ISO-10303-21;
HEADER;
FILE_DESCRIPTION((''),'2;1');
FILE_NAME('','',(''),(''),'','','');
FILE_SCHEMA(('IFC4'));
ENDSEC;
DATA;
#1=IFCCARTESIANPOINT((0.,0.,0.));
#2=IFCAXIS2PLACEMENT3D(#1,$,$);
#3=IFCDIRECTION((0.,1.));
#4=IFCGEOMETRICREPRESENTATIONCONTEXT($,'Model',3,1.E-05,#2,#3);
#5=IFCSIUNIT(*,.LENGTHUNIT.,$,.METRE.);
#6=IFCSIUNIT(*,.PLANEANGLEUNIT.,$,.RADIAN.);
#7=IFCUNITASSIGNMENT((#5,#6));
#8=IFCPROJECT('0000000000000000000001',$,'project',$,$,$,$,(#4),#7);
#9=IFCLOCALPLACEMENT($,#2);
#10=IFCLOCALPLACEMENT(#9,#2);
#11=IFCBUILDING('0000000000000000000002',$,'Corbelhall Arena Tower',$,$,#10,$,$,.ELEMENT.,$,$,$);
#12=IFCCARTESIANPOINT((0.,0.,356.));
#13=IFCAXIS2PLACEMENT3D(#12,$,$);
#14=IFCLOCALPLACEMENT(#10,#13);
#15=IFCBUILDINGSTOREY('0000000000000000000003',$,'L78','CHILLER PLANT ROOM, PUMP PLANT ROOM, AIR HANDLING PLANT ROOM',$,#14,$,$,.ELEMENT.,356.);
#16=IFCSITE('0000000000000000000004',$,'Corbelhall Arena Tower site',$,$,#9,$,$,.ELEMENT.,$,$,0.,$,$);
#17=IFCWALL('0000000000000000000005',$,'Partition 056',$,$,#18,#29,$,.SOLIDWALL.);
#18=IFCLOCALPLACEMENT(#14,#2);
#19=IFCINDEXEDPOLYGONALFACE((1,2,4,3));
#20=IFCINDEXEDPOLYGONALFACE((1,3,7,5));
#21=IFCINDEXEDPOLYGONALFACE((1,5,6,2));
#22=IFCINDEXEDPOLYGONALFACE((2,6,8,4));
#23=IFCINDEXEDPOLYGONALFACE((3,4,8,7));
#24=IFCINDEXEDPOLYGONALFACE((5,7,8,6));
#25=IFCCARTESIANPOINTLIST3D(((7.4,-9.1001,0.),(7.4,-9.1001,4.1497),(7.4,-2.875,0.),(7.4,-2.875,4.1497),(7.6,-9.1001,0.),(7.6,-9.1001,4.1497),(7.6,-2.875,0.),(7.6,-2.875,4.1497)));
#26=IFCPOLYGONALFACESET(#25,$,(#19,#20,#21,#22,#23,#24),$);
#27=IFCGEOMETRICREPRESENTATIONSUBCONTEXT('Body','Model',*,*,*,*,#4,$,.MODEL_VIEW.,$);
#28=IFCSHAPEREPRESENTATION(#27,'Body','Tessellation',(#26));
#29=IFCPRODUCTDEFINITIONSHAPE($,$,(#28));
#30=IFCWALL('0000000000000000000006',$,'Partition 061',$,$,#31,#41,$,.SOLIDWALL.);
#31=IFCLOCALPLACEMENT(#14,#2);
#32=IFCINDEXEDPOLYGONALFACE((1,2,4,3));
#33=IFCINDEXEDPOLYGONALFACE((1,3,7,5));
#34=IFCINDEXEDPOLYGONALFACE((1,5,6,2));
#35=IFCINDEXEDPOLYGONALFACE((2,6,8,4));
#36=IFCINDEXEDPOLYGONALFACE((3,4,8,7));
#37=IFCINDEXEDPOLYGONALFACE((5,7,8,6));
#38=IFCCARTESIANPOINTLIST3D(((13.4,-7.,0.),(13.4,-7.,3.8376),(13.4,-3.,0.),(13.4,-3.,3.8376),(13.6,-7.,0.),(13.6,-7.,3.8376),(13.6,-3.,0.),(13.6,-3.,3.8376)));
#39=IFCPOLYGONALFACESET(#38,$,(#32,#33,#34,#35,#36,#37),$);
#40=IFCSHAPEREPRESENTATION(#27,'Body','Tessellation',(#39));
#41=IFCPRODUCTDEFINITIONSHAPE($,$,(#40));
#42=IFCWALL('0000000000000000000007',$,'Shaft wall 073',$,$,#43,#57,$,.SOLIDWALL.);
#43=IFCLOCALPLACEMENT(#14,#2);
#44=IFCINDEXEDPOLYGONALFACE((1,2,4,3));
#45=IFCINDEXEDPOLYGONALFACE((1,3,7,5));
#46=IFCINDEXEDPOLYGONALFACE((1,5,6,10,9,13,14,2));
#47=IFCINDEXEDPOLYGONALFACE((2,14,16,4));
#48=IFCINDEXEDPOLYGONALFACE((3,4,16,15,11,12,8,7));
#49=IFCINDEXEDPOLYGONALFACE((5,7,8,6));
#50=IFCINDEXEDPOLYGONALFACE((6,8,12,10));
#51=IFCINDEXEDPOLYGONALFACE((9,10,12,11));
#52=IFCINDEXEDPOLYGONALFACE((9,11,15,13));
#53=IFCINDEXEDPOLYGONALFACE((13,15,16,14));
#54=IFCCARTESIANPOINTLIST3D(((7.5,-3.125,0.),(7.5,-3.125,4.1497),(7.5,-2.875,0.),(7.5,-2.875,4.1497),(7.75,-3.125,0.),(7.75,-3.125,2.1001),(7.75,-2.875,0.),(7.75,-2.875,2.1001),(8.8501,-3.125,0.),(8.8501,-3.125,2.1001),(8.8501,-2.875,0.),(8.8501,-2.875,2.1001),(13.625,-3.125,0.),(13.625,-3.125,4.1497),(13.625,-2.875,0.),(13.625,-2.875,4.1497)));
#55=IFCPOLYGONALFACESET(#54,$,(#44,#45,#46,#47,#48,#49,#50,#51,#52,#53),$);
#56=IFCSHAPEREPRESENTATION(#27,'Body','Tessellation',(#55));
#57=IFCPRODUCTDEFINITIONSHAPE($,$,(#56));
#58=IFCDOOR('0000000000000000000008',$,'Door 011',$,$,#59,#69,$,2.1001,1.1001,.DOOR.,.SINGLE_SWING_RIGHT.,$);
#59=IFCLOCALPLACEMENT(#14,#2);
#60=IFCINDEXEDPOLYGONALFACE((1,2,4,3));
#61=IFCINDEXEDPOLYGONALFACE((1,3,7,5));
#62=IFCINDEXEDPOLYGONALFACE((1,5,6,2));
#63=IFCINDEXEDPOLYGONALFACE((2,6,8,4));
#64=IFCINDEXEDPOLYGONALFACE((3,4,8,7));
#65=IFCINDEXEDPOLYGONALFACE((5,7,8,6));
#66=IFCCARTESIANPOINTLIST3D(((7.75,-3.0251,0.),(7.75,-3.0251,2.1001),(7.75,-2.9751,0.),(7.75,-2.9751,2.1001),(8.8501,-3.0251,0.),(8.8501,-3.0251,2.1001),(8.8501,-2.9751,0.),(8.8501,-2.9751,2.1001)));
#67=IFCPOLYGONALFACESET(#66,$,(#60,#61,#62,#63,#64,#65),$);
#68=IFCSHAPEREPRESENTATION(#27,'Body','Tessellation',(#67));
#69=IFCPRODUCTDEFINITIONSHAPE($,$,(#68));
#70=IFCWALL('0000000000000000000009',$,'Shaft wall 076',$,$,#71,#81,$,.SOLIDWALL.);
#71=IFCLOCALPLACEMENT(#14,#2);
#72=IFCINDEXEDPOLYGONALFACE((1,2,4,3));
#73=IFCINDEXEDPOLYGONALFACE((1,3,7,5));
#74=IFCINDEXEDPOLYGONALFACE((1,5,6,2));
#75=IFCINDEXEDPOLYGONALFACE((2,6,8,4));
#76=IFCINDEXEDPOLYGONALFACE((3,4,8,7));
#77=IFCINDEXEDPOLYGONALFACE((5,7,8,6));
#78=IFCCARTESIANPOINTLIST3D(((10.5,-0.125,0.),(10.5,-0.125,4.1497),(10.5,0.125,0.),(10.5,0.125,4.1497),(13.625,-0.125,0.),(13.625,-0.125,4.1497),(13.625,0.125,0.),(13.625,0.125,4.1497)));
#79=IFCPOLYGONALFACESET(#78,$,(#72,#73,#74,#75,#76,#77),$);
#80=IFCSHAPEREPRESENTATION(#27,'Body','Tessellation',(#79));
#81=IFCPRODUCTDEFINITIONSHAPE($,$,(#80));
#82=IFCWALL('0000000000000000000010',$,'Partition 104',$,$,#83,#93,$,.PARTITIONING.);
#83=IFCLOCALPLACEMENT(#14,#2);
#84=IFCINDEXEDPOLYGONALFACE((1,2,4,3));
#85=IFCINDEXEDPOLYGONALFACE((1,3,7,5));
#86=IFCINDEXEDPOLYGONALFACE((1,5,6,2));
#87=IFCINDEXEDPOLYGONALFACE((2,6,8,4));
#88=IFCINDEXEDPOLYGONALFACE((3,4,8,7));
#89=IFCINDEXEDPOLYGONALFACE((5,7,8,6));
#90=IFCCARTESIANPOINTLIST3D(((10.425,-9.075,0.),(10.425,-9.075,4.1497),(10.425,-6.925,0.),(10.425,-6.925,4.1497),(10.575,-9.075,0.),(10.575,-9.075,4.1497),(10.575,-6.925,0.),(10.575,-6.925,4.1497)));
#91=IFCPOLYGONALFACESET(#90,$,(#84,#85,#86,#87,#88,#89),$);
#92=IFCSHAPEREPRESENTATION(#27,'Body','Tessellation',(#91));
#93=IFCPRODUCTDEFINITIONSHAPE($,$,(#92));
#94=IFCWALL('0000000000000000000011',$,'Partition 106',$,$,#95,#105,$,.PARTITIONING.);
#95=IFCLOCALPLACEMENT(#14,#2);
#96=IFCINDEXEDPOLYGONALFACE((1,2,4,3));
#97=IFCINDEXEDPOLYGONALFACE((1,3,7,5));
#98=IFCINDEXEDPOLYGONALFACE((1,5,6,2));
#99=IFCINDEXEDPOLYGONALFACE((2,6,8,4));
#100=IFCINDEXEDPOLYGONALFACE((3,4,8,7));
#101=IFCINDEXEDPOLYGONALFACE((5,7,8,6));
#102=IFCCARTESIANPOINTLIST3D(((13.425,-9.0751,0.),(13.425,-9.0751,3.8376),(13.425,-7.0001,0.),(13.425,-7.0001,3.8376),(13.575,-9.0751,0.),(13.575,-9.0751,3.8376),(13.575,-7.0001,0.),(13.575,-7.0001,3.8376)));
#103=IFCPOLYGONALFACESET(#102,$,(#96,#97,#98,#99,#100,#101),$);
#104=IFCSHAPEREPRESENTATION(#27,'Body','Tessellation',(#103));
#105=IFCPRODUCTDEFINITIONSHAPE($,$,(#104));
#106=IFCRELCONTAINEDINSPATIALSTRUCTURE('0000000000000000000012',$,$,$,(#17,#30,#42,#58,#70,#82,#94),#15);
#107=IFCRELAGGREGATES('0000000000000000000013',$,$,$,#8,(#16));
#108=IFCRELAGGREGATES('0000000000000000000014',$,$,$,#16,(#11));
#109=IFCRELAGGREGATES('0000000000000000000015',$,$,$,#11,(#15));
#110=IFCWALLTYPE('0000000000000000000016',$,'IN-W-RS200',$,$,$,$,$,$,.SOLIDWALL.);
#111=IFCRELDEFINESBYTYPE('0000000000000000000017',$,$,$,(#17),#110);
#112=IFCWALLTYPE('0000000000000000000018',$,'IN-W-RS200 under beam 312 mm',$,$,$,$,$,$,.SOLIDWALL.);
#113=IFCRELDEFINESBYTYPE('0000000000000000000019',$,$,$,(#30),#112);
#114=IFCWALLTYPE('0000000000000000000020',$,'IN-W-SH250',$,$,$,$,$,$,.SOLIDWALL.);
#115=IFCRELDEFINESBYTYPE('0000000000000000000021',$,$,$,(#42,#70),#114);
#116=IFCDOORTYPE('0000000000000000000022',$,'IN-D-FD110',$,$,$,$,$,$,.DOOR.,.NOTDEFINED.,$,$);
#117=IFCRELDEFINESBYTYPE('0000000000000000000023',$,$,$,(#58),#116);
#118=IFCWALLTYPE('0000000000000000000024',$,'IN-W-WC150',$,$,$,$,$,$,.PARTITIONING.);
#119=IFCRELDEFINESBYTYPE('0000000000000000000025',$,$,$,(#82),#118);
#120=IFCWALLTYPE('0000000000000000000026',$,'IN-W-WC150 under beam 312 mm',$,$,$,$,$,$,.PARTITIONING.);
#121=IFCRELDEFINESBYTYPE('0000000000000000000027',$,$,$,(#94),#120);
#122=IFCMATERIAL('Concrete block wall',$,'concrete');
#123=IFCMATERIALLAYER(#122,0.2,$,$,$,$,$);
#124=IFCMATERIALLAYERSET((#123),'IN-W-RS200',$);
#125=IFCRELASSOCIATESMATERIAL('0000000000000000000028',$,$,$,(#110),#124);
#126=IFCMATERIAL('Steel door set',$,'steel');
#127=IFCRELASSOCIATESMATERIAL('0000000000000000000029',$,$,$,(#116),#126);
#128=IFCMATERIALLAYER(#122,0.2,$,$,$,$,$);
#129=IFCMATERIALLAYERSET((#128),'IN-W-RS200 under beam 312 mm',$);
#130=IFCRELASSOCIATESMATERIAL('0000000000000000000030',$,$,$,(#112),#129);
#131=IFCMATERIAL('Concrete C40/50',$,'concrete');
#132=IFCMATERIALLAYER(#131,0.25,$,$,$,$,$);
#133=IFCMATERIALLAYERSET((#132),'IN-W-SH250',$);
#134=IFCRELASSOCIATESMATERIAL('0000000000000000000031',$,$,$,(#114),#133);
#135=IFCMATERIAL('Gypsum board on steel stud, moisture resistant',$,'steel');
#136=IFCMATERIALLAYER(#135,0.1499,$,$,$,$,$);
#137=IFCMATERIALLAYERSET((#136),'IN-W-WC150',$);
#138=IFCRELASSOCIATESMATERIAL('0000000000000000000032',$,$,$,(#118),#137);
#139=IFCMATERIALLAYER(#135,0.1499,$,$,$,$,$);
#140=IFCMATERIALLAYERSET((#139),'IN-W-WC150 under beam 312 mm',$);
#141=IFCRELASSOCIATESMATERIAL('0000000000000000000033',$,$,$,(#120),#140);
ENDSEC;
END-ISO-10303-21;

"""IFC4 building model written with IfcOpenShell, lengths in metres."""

from ifc_helpers import new_model, si_unit, direction, frame, frame_2d, origin, place, context, subcontext, project, spatial, rectangle, extrude, material, layer, layer_set, type_object, element, fill, save


model = new_model("IFC4")

# Units and contexts
model_context = context("Model", 3, precision=1e-05, world=origin(), true_north=direction((0.0, 1.0)))
body_context = subcontext(model_context, "Body", "Model", "MODEL_VIEW")
ifc_project = project(units=[si_unit("LENGTHUNIT", "METRE"), si_unit("PLANEANGLEUNIT", "RADIAN")], contexts=[model_context])

# Site, building, storey
site_placement = place(None, origin())
site = spatial("IfcSite", under=ifc_project, at=site_placement, Name="Corbelhall Arena Tower site", CompositionType="ELEMENT", RefElevation=0.0)
building_placement = place(site_placement, origin())
building = spatial("IfcBuilding", under=site, at=building_placement, Name="Corbelhall Arena Tower", CompositionType="ELEMENT")
storey_placement = place(building_placement, frame((0.0, 0.0, 356.0)))
storey = spatial("IfcBuildingStorey", under=building, at=storey_placement, Name="L78", Description="CHILLER PLANT ROOM, PUMP PLANT ROOM, AIR HANDLING PLANT ROOM", CompositionType="ELEMENT", Elevation=356.0)

# Shared definitions
ifc_material_1 = material(Name="Concrete C40/50", Category="concrete")

# Wall
ifc_material_2 = material(Name="Concrete block wall", Category="concrete")
ifc_layer_1 = layer(ifc_material_2, 0.2)
ifc_layer_set_1 = layer_set([ifc_layer_1], Name="IN-W-RS200")
wall_type_1 = type_object("IfcWallType", Name="IN-W-RS200", PredefinedType="SOLIDWALL", material=ifc_layer_set_1)
wall_1_placement = place(storey_placement, frame((7.5, -2.875, 0.0), z_axis=(0.0, 0.0, 1.0), x_axis=(0.0, -1.0, 0.0)))
element("IfcWall", 1, at=wall_1_placement, inside=storey, type_object=wall_type_1, Name="Partition 056", PredefinedType="SOLIDWALL", context=body_context, shape_type="SweptSolid", body=[
    extrude(rectangle(XDim=6.2251, YDim=0.2, at=frame_2d((3.1125, 0.0))), origin(), (0.0, 0.0, 1.0), 4.1497),
])

# Shared definitions
ifc_material_3 = material(Name="Steel door set", Category="steel")
door_type = type_object("IfcDoorType", Name="IN-D-FD110", OperationType="NOTDEFINED", PredefinedType="DOOR", material=ifc_material_3)

# Wall
ifc_layer_2 = layer(ifc_material_2, 0.2)
ifc_layer_set_2 = layer_set([ifc_layer_2], Name="IN-W-RS200 under beam 312 mm")
wall_type_2 = type_object("IfcWallType", Name="IN-W-RS200 under beam 312 mm", PredefinedType="SOLIDWALL", material=ifc_layer_set_2)
wall_2_placement = place(storey_placement, frame((13.5, -3.0, 0.0), z_axis=(0.0, 0.0, 1.0), x_axis=(0.0, -1.0, 0.0)))
element("IfcWall", 2, at=wall_2_placement, inside=storey, type_object=wall_type_2, Name="Partition 061", PredefinedType="SOLIDWALL", context=body_context, shape_type="SweptSolid", body=[
    extrude(rectangle(XDim=4.0, YDim=0.2, at=frame_2d((2.0, 0.0))), origin(), (0.0, 0.0, 1.0), 3.8376),
])

# Wall, opening, door
ifc_layer_3 = layer(ifc_material_1, 0.25)
ifc_layer_set_3 = layer_set([ifc_layer_3], Name="IN-W-SH250")
wall_type_3 = type_object("IfcWallType", Name="IN-W-SH250", PredefinedType="SOLIDWALL", material=ifc_layer_set_3)
wall_3_placement = place(storey_placement, frame((7.5, -3.0, 0.0), z_axis=(0.0, 0.0, 1.0), x_axis=(1.0, 0.0, 0.0)))
wall_3 = element("IfcWall", 3, at=wall_3_placement, inside=storey, type_object=wall_type_3, Name="Shaft wall 073", PredefinedType="SOLIDWALL", context=body_context, shape_type="SweptSolid", body=[
    extrude(rectangle(XDim=6.125, YDim=0.25, at=frame_2d((3.0625, 0.0))), origin(), (0.0, 0.0, 1.0), 4.1497),
])
opening_1_placement = place(wall_3_placement, frame((0.25, 0.0, 0.0)))
opening_1 = element("IfcOpeningElement", 4, at=opening_1_placement, cuts=wall_3, PredefinedType="OPENING", context=body_context, shape_type="SweptSolid", body=[
    extrude(rectangle(XDim=1.1001, YDim=2.1001, at=frame_2d((0.55, 1.05))), frame((0.0, 0.125, 0.0), z_axis=(0.0, -1.0, 0.0), x_axis=(1.0, 0.0, 0.0)), (0.0, 0.0, 1.0), 0.25),
])
door_1_placement = place(opening_1_placement, origin())
door_1 = element("IfcDoor", 5, at=door_1_placement, inside=storey, type_object=door_type, Name="Door 011", OperationType="SINGLE_SWING_RIGHT", OverallHeight=2.1001, OverallWidth=1.1001, PredefinedType="DOOR", context=body_context, shape_type="SweptSolid", body=[
    extrude(rectangle(XDim=1.1001, YDim=2.1001, at=frame_2d((0.55, 1.05))), frame((0.0, 0.0249, 0.0), z_axis=(0.0, -1.0, 0.0), x_axis=(1.0, 0.0, 0.0)), (0.0, 0.0, 1.0), 0.05),
])
fill(opening_1, door_1)

# Walls
wall_4_placement = place(storey_placement, frame((10.5, 0.0, 0.0), z_axis=(0.0, 0.0, 1.0), x_axis=(1.0, 0.0, 0.0)))
element("IfcWall", 6, at=wall_4_placement, inside=storey, type_object=wall_type_3, Name="Shaft wall 076", PredefinedType="SOLIDWALL", context=body_context, shape_type="SweptSolid", body=[
    extrude(rectangle(XDim=3.125, YDim=0.25, at=frame_2d((1.5625, 0.0))), origin(), (0.0, 0.0, 1.0), 4.1497),
])
ifc_material_4 = material(Name="Gypsum board on steel stud, moisture resistant", Category="steel")
ifc_layer_4 = layer(ifc_material_4, 0.1499)
ifc_layer_set_4 = layer_set([ifc_layer_4], Name="IN-W-WC150")
wall_type_4 = type_object("IfcWallType", Name="IN-W-WC150", PredefinedType="PARTITIONING", material=ifc_layer_set_4)
wall_5_placement = place(storey_placement, frame((10.5, -6.925, 0.0), z_axis=(0.0, 0.0, 1.0), x_axis=(0.0, -1.0, 0.0)))
element("IfcWall", 7, at=wall_5_placement, inside=storey, type_object=wall_type_4, Name="Partition 104", PredefinedType="PARTITIONING", context=body_context, shape_type="SweptSolid", body=[
    extrude(rectangle(XDim=2.1499, YDim=0.1499, at=frame_2d((1.075, 0.0))), origin(), (0.0, 0.0, 1.0), 4.1497),
])
ifc_layer_5 = layer(ifc_material_4, 0.1499)
ifc_layer_set_5 = layer_set([ifc_layer_5], Name="IN-W-WC150 under beam 312 mm")
wall_type_5 = type_object("IfcWallType", Name="IN-W-WC150 under beam 312 mm", PredefinedType="PARTITIONING", material=ifc_layer_set_5)
wall_6_placement = place(storey_placement, frame((13.5, -7.0, 0.0), z_axis=(0.0, 0.0, 1.0), x_axis=(0.0, -1.0, 0.0)))
element("IfcWall", 8, at=wall_6_placement, inside=storey, type_object=wall_type_5, Name="Partition 106", PredefinedType="PARTITIONING", context=body_context, shape_type="SweptSolid", body=[
    extrude(rectangle(XDim=2.075, YDim=0.1499, at=frame_2d((1.0376, 0.0))), origin(), (0.0, 0.0, 1.0), 3.8376),
])

save(model, "model.ifc")
